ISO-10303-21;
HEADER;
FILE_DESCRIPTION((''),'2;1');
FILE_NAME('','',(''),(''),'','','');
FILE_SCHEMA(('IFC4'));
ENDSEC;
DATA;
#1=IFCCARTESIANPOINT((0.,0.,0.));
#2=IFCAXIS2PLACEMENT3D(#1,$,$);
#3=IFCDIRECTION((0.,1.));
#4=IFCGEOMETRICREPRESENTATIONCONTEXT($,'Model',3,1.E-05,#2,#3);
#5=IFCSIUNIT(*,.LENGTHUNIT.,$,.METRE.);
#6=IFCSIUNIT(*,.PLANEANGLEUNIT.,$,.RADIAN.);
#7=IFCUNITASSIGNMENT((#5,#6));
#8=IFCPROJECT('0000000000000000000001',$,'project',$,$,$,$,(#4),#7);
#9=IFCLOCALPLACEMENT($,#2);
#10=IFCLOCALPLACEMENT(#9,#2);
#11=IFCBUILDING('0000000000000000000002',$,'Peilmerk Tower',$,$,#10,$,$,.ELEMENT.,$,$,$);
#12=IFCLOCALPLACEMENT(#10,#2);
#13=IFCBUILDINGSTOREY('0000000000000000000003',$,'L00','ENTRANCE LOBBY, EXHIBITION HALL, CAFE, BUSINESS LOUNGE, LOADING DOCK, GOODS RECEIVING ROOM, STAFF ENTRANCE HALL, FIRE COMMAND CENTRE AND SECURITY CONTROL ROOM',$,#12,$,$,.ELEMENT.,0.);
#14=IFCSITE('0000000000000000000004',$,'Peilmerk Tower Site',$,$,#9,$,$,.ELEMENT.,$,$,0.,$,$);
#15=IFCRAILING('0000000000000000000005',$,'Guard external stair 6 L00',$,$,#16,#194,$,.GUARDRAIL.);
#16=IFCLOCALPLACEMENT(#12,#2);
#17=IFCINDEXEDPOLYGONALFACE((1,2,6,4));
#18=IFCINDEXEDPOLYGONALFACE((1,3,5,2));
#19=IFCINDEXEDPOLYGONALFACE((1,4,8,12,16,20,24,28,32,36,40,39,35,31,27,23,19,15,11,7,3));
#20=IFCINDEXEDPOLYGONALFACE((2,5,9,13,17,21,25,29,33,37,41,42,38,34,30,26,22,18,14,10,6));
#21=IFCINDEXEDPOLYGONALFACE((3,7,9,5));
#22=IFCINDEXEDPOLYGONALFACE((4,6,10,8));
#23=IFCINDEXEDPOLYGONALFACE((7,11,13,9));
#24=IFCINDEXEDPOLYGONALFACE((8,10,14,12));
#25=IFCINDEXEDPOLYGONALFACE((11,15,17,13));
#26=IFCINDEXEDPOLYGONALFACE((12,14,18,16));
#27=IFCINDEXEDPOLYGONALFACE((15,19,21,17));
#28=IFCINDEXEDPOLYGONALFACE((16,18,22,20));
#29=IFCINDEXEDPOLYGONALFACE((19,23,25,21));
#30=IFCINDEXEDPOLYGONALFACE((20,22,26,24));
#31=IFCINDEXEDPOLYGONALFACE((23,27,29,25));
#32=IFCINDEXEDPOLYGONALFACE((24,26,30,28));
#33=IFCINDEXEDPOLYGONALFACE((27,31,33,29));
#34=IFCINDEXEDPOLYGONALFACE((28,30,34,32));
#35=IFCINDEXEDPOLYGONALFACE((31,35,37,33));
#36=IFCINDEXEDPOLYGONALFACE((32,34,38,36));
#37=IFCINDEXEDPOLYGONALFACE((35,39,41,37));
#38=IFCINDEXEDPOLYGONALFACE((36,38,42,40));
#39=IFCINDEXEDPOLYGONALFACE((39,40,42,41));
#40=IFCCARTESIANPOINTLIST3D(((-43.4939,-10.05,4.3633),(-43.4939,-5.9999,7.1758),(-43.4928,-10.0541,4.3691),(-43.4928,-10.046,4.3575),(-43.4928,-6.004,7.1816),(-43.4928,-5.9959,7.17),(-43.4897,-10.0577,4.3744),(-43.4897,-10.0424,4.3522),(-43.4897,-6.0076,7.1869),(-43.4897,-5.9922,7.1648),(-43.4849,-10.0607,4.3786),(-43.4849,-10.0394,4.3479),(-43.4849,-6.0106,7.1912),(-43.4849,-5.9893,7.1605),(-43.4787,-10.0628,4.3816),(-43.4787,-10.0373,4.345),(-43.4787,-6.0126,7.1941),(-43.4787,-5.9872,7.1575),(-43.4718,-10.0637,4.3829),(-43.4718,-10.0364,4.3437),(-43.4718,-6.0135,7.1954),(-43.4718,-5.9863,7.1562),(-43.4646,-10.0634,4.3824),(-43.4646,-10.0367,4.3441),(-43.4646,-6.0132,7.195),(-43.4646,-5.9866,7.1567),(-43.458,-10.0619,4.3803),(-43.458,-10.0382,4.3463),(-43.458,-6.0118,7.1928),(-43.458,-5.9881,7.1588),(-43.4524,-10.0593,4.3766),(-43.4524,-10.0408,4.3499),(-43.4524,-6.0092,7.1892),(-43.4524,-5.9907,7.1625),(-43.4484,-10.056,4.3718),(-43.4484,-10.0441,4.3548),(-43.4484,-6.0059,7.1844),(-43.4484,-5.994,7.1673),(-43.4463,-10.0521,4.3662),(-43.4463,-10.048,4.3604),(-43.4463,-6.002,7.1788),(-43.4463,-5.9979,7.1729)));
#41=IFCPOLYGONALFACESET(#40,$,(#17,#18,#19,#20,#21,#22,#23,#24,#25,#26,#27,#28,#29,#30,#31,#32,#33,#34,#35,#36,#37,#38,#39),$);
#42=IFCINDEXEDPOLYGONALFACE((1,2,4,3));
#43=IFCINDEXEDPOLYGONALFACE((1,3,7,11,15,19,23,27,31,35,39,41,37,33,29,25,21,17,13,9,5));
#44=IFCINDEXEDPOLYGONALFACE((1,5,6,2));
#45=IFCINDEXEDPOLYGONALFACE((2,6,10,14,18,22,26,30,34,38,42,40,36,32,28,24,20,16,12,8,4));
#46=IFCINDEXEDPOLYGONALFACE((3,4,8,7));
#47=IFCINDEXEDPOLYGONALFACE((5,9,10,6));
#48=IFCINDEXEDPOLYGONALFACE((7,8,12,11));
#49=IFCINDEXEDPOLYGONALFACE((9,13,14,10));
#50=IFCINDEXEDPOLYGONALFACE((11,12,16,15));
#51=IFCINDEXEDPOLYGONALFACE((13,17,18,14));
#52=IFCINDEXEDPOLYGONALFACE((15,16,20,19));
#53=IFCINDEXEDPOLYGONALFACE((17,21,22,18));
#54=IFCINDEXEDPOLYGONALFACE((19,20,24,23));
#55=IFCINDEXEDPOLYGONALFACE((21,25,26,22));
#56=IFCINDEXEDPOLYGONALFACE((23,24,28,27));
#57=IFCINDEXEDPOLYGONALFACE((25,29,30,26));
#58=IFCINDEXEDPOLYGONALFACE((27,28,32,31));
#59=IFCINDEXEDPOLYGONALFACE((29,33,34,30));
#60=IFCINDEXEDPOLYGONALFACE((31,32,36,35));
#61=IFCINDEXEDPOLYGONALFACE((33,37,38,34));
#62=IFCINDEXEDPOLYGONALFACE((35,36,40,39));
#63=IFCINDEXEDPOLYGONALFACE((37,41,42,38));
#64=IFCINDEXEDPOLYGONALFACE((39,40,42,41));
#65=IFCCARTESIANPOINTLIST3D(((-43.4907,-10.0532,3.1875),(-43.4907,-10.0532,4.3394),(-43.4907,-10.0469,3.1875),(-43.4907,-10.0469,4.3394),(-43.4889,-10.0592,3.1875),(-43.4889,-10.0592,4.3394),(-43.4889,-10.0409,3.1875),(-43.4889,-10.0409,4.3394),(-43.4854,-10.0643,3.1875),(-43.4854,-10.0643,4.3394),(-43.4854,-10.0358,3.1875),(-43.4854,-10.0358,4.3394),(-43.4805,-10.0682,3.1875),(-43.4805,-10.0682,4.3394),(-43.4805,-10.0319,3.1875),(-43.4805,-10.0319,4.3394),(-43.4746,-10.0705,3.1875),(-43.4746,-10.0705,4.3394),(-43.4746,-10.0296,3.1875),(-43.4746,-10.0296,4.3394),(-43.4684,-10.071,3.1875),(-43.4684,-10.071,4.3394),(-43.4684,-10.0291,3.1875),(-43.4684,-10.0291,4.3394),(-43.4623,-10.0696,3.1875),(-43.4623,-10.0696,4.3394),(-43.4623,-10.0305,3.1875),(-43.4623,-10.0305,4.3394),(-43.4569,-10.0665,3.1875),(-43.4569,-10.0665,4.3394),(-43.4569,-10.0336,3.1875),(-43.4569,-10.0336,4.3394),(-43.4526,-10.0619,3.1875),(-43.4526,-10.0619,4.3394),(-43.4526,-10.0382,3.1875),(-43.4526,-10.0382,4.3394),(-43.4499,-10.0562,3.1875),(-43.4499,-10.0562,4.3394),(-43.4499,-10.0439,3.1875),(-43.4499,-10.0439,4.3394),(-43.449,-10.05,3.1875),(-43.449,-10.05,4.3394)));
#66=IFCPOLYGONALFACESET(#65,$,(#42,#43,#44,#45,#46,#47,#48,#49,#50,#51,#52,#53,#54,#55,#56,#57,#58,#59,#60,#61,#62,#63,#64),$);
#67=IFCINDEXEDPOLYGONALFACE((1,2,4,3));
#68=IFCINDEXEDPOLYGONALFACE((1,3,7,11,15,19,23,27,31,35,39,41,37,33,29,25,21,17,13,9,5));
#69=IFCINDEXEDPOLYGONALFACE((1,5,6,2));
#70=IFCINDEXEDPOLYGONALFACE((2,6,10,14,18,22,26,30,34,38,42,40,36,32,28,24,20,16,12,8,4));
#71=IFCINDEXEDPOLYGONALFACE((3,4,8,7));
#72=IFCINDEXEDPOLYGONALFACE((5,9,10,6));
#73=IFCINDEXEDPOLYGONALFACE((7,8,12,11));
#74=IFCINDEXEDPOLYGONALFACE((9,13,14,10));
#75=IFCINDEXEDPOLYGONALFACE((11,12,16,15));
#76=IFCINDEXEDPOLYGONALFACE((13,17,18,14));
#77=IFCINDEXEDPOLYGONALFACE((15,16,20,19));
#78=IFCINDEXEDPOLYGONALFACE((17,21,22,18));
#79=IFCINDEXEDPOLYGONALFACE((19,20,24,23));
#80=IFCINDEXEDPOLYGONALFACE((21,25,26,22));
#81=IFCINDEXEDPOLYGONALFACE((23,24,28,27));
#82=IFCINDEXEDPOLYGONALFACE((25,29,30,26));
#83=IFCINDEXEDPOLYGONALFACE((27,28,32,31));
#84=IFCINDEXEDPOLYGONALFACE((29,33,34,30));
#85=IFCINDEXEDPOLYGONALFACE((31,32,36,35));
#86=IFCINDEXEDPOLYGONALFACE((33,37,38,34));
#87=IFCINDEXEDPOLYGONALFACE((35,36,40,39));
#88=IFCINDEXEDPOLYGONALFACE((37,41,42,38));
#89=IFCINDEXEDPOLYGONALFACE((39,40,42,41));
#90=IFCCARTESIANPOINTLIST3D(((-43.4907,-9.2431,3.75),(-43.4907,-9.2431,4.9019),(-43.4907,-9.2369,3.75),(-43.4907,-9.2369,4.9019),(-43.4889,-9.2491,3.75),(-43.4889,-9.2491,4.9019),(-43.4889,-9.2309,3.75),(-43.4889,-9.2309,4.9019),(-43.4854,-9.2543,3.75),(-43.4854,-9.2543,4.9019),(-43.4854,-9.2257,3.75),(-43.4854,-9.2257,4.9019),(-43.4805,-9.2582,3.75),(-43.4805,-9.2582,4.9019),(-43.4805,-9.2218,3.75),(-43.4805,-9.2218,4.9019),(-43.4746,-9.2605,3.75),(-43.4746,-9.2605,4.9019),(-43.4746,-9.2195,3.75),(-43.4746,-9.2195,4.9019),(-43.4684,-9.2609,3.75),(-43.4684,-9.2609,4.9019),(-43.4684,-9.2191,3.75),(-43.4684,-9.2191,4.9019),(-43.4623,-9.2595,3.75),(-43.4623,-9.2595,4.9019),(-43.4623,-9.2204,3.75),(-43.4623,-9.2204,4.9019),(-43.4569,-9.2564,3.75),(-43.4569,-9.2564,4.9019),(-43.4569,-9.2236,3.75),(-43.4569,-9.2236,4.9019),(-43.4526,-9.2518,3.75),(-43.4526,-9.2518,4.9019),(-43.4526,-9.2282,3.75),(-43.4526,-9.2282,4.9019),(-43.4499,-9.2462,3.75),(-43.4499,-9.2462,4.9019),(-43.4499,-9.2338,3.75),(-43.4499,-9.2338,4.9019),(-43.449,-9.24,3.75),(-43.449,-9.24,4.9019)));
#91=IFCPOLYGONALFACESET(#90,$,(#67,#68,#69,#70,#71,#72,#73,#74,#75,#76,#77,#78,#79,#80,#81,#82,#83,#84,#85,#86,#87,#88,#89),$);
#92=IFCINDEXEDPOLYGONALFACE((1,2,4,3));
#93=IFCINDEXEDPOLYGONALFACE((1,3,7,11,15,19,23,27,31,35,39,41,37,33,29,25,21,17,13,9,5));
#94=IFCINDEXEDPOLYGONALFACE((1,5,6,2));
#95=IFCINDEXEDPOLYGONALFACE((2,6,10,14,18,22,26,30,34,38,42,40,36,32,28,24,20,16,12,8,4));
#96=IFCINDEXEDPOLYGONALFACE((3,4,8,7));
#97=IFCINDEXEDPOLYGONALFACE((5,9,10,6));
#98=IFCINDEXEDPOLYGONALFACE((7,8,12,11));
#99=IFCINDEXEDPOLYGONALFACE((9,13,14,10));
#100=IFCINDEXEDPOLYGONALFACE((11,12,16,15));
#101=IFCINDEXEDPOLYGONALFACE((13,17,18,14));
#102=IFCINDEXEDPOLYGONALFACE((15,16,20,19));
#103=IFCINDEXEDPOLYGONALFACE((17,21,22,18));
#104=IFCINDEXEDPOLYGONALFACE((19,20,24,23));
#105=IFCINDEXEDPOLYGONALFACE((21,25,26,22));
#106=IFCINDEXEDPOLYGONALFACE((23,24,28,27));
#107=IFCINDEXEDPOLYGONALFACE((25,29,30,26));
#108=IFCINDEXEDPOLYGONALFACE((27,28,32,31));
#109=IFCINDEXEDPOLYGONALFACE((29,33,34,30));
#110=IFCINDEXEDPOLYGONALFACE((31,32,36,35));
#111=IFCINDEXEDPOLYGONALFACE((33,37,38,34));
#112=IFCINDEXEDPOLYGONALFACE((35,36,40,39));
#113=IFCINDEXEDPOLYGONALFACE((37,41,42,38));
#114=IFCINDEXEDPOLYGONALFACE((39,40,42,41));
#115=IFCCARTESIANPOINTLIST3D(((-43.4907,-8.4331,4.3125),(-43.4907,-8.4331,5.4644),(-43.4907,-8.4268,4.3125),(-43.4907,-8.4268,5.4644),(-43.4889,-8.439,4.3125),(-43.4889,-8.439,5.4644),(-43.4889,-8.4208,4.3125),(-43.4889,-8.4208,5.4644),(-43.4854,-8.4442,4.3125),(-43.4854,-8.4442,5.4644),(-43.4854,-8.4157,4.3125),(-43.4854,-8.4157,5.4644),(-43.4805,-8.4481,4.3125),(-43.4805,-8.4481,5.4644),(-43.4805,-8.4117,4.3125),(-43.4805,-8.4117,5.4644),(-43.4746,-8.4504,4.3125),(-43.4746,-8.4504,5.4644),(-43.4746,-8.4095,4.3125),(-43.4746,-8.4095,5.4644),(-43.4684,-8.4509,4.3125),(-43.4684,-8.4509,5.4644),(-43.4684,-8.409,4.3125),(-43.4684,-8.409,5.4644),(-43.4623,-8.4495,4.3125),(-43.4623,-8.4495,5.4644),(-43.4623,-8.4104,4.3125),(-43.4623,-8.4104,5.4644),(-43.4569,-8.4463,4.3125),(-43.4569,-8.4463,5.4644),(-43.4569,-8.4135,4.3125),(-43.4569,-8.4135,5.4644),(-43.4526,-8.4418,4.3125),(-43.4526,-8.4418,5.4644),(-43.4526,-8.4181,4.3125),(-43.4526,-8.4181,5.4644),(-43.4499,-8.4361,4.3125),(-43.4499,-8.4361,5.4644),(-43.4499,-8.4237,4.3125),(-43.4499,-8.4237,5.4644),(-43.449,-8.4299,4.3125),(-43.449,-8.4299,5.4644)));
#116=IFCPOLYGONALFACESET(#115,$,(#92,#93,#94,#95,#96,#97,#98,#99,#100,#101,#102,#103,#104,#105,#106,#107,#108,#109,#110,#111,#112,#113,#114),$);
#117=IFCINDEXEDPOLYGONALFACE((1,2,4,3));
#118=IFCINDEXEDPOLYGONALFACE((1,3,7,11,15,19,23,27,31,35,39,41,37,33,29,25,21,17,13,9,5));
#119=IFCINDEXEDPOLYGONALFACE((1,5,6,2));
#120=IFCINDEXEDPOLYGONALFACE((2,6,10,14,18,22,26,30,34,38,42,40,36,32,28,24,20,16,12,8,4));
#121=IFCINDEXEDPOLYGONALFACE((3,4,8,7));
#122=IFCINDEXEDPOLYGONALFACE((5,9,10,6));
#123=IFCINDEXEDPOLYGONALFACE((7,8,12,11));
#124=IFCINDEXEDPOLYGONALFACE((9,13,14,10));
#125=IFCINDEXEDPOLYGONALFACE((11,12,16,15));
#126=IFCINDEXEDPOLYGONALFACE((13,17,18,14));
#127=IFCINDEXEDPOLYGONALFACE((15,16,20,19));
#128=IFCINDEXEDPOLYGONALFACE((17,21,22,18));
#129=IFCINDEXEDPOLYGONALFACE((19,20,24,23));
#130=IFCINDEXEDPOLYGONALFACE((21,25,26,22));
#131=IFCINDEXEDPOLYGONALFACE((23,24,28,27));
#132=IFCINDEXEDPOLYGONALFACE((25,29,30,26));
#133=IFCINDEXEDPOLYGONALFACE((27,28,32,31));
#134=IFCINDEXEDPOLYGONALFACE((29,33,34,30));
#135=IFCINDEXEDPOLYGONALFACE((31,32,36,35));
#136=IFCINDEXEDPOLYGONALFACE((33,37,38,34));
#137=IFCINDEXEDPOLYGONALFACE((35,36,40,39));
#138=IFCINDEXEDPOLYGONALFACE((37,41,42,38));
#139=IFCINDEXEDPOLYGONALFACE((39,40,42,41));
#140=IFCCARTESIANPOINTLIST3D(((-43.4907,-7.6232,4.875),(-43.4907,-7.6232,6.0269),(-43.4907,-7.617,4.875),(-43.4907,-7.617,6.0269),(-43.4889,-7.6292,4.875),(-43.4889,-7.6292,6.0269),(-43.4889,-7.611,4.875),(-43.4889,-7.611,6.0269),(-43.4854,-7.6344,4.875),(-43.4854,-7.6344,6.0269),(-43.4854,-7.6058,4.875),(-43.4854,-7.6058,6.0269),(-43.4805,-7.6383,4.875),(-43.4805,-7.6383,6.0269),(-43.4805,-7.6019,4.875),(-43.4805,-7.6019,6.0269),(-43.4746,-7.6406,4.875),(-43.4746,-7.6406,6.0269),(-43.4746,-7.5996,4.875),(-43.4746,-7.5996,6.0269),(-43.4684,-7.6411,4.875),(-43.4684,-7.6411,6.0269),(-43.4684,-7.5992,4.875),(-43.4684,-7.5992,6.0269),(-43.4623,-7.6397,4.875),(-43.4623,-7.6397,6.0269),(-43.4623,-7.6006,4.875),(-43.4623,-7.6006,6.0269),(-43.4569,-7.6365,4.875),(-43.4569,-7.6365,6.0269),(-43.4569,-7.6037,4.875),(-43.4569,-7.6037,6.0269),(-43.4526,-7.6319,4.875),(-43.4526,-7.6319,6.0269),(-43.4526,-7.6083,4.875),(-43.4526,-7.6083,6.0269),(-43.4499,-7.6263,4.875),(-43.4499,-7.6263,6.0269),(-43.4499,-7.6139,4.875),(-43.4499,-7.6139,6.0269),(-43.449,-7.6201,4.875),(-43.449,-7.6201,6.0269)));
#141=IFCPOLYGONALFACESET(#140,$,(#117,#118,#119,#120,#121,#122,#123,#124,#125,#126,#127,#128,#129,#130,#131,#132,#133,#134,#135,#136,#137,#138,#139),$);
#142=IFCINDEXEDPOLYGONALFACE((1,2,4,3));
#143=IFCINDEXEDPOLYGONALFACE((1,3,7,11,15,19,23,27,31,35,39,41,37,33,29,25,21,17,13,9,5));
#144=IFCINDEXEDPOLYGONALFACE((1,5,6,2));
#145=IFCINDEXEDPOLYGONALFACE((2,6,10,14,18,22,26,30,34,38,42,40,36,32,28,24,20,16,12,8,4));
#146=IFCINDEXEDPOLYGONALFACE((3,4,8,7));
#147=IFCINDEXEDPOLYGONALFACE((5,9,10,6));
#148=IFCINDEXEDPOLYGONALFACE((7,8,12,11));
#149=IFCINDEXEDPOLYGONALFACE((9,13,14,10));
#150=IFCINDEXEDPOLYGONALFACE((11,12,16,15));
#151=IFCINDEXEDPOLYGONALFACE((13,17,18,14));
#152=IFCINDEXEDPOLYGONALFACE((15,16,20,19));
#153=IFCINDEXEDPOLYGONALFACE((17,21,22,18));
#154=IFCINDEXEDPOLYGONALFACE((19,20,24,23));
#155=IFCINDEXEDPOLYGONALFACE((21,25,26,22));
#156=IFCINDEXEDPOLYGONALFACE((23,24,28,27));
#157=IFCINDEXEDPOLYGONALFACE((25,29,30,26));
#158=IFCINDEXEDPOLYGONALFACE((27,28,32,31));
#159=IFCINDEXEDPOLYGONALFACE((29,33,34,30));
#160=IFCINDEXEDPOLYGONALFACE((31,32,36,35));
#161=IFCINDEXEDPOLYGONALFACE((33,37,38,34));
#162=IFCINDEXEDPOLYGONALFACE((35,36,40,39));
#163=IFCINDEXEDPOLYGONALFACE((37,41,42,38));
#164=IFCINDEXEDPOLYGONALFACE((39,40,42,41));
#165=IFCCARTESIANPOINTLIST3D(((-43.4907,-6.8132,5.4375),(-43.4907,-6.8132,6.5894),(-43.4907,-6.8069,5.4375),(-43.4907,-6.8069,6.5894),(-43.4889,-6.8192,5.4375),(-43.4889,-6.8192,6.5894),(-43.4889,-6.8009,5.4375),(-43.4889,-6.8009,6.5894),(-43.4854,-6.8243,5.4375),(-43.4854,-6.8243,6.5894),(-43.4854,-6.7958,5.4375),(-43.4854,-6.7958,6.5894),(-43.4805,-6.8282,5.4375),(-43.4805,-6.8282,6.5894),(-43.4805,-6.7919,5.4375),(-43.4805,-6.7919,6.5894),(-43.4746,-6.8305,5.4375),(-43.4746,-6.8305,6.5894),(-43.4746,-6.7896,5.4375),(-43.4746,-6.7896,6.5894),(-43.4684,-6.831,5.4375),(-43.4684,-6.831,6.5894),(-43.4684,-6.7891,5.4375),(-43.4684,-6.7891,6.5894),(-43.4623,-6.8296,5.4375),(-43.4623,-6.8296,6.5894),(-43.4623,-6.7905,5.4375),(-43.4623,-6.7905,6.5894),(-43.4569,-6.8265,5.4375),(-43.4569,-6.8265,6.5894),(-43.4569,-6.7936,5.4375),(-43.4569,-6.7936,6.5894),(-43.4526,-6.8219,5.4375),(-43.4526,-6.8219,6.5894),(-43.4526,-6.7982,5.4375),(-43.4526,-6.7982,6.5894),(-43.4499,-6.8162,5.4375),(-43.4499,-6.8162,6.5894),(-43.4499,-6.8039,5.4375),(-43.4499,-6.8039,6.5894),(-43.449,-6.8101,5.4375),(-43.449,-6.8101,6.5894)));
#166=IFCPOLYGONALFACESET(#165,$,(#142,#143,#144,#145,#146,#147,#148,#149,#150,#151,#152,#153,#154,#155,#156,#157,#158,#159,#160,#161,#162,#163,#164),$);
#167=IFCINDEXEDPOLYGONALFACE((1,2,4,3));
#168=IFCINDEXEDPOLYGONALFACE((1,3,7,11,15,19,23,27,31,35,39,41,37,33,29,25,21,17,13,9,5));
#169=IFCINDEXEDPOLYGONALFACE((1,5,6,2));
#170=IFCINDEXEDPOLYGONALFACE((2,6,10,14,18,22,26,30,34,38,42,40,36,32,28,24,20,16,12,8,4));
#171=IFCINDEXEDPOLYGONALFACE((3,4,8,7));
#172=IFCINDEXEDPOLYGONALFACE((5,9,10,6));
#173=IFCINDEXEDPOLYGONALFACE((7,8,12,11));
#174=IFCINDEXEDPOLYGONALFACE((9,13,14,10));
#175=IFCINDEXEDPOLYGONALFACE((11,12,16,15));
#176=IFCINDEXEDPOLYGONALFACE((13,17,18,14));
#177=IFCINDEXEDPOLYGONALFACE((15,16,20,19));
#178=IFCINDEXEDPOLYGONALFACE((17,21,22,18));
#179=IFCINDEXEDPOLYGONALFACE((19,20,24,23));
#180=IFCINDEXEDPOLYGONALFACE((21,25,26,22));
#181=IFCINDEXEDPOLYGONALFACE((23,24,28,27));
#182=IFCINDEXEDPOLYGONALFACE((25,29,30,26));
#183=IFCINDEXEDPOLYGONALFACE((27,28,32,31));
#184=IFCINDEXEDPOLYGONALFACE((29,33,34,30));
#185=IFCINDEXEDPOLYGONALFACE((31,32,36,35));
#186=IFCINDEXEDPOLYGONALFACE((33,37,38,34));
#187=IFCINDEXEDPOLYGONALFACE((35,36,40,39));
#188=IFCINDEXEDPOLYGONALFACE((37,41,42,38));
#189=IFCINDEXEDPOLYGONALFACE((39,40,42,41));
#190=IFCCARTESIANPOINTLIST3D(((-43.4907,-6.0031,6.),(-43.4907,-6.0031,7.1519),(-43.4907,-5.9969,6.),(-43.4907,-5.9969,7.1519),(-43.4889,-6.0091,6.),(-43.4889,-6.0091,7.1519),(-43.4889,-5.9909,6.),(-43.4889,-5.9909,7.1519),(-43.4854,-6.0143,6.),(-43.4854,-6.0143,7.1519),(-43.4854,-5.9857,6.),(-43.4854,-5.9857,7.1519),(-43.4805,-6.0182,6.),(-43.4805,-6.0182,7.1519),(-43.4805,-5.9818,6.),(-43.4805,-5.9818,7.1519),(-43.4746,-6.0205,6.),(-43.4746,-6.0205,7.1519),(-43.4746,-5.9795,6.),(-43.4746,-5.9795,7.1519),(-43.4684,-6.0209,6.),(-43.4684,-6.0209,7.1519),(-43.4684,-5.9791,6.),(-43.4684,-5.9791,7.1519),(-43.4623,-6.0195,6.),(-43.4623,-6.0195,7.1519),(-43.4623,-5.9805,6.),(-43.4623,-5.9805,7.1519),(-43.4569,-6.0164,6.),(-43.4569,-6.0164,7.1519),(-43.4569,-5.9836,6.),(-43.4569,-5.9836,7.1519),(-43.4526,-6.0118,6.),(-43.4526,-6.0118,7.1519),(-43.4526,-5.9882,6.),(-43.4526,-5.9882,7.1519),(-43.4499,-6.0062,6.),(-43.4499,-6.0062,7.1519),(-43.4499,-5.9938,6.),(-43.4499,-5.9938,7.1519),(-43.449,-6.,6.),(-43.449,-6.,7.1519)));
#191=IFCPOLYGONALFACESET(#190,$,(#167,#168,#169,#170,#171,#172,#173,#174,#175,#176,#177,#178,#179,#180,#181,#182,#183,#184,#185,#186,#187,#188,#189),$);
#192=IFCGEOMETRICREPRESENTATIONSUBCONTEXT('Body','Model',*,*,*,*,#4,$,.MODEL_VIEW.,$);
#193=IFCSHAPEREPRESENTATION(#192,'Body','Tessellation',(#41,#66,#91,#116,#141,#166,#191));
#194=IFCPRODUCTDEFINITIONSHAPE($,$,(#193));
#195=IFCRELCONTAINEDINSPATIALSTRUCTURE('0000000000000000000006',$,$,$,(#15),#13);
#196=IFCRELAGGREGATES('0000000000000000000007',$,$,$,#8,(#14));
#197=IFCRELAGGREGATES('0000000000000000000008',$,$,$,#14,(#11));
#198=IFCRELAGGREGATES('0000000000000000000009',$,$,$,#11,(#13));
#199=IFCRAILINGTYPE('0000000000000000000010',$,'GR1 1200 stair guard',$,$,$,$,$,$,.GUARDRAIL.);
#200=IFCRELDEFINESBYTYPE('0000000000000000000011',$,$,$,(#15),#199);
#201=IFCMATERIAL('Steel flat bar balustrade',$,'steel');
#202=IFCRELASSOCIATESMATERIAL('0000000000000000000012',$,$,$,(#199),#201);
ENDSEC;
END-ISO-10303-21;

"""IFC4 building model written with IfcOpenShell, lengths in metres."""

from ifc_helpers import new_model, si_unit, direction, frame, origin, origin_2d, place, context, subcontext, project, spatial, circle, extrude, material, type_object, element, save


model = new_model("IFC4")

# Units and contexts
model_context = context("Model", 3, precision=1e-05, world=origin(), true_north=direction((0.0, 1.0)))
body_context = subcontext(model_context, "Body", "Model", "MODEL_VIEW")
ifc_project = project(units=[si_unit("LENGTHUNIT", "METRE"), si_unit("PLANEANGLEUNIT", "RADIAN")], contexts=[model_context])

# Site, building, storey
site_placement = place(None, origin())
site = spatial("IfcSite", under=ifc_project, at=site_placement, Name="Peilmerk Tower Site", CompositionType="ELEMENT", RefElevation=0.0)
building_placement = place(site_placement, origin())
building = spatial("IfcBuilding", under=site, at=building_placement, Name="Peilmerk Tower", CompositionType="ELEMENT")
storey_placement = place(building_placement, origin())
storey = spatial("IfcBuildingStorey", under=building, at=storey_placement, Name="L00", Description="ENTRANCE LOBBY, EXHIBITION HALL, CAFE, BUSINESS LOUNGE, LOADING DOCK, GOODS RECEIVING ROOM, STAFF ENTRANCE HALL, FIRE COMMAND CENTRE AND SECURITY CONTROL ROOM", CompositionType="ELEMENT", Elevation=0.0)

# Railing
ifc_material_1 = material(Name="Steel flat bar balustrade", Category="steel")
railing_type_1 = type_object("IfcRailingType", Name="GR1 1200 stair guard", PredefinedType="GUARDRAIL", material=ifc_material_1)
railing_1_placement = place(storey_placement, frame((-43.47, -10.05, 3.1875)))
element("IfcRailing", 1, at=railing_1_placement, inside=storey, type_object=railing_type_1, Name="Guard external stair 6 L00", PredefinedType="GUARDRAIL", context=body_context, shape_type="SweptSolid", body=[
    extrude(circle(Radius=0.0239, at=origin_2d()), frame((0.0, 0.0, 1.1758), z_axis=(0.0, 0.821373, 0.570391), x_axis=(-1.0, 0.0, 0.0)), (0.0, 0.0, 1.0), 4.9309),
    extrude(circle(Radius=0.021, at=origin_2d()), origin(), (0.0, 0.0, 1.0), 1.1519),
    extrude(circle(Radius=0.021, at=origin_2d()), frame((0.0, 0.8101, 0.5625)), (0.0, 0.0, 1.0), 1.1519),
    extrude(circle(Radius=0.021, at=origin_2d()), frame((0.0, 1.6201, 1.125)), (0.0, 0.0, 1.0), 1.1519),
    extrude(circle(Radius=0.021, at=origin_2d()), frame((0.0, 2.4299, 1.6875)), (0.0, 0.0, 1.0), 1.1519),
    extrude(circle(Radius=0.021, at=origin_2d()), frame((0.0, 3.24, 2.25)), (0.0, 0.0, 1.0), 1.1519),
    extrude(circle(Radius=0.021, at=origin_2d()), frame((0.0, 4.05, 2.8125)), (0.0, 0.0, 1.0), 1.1519),
])

save(model, "model.ifc")
